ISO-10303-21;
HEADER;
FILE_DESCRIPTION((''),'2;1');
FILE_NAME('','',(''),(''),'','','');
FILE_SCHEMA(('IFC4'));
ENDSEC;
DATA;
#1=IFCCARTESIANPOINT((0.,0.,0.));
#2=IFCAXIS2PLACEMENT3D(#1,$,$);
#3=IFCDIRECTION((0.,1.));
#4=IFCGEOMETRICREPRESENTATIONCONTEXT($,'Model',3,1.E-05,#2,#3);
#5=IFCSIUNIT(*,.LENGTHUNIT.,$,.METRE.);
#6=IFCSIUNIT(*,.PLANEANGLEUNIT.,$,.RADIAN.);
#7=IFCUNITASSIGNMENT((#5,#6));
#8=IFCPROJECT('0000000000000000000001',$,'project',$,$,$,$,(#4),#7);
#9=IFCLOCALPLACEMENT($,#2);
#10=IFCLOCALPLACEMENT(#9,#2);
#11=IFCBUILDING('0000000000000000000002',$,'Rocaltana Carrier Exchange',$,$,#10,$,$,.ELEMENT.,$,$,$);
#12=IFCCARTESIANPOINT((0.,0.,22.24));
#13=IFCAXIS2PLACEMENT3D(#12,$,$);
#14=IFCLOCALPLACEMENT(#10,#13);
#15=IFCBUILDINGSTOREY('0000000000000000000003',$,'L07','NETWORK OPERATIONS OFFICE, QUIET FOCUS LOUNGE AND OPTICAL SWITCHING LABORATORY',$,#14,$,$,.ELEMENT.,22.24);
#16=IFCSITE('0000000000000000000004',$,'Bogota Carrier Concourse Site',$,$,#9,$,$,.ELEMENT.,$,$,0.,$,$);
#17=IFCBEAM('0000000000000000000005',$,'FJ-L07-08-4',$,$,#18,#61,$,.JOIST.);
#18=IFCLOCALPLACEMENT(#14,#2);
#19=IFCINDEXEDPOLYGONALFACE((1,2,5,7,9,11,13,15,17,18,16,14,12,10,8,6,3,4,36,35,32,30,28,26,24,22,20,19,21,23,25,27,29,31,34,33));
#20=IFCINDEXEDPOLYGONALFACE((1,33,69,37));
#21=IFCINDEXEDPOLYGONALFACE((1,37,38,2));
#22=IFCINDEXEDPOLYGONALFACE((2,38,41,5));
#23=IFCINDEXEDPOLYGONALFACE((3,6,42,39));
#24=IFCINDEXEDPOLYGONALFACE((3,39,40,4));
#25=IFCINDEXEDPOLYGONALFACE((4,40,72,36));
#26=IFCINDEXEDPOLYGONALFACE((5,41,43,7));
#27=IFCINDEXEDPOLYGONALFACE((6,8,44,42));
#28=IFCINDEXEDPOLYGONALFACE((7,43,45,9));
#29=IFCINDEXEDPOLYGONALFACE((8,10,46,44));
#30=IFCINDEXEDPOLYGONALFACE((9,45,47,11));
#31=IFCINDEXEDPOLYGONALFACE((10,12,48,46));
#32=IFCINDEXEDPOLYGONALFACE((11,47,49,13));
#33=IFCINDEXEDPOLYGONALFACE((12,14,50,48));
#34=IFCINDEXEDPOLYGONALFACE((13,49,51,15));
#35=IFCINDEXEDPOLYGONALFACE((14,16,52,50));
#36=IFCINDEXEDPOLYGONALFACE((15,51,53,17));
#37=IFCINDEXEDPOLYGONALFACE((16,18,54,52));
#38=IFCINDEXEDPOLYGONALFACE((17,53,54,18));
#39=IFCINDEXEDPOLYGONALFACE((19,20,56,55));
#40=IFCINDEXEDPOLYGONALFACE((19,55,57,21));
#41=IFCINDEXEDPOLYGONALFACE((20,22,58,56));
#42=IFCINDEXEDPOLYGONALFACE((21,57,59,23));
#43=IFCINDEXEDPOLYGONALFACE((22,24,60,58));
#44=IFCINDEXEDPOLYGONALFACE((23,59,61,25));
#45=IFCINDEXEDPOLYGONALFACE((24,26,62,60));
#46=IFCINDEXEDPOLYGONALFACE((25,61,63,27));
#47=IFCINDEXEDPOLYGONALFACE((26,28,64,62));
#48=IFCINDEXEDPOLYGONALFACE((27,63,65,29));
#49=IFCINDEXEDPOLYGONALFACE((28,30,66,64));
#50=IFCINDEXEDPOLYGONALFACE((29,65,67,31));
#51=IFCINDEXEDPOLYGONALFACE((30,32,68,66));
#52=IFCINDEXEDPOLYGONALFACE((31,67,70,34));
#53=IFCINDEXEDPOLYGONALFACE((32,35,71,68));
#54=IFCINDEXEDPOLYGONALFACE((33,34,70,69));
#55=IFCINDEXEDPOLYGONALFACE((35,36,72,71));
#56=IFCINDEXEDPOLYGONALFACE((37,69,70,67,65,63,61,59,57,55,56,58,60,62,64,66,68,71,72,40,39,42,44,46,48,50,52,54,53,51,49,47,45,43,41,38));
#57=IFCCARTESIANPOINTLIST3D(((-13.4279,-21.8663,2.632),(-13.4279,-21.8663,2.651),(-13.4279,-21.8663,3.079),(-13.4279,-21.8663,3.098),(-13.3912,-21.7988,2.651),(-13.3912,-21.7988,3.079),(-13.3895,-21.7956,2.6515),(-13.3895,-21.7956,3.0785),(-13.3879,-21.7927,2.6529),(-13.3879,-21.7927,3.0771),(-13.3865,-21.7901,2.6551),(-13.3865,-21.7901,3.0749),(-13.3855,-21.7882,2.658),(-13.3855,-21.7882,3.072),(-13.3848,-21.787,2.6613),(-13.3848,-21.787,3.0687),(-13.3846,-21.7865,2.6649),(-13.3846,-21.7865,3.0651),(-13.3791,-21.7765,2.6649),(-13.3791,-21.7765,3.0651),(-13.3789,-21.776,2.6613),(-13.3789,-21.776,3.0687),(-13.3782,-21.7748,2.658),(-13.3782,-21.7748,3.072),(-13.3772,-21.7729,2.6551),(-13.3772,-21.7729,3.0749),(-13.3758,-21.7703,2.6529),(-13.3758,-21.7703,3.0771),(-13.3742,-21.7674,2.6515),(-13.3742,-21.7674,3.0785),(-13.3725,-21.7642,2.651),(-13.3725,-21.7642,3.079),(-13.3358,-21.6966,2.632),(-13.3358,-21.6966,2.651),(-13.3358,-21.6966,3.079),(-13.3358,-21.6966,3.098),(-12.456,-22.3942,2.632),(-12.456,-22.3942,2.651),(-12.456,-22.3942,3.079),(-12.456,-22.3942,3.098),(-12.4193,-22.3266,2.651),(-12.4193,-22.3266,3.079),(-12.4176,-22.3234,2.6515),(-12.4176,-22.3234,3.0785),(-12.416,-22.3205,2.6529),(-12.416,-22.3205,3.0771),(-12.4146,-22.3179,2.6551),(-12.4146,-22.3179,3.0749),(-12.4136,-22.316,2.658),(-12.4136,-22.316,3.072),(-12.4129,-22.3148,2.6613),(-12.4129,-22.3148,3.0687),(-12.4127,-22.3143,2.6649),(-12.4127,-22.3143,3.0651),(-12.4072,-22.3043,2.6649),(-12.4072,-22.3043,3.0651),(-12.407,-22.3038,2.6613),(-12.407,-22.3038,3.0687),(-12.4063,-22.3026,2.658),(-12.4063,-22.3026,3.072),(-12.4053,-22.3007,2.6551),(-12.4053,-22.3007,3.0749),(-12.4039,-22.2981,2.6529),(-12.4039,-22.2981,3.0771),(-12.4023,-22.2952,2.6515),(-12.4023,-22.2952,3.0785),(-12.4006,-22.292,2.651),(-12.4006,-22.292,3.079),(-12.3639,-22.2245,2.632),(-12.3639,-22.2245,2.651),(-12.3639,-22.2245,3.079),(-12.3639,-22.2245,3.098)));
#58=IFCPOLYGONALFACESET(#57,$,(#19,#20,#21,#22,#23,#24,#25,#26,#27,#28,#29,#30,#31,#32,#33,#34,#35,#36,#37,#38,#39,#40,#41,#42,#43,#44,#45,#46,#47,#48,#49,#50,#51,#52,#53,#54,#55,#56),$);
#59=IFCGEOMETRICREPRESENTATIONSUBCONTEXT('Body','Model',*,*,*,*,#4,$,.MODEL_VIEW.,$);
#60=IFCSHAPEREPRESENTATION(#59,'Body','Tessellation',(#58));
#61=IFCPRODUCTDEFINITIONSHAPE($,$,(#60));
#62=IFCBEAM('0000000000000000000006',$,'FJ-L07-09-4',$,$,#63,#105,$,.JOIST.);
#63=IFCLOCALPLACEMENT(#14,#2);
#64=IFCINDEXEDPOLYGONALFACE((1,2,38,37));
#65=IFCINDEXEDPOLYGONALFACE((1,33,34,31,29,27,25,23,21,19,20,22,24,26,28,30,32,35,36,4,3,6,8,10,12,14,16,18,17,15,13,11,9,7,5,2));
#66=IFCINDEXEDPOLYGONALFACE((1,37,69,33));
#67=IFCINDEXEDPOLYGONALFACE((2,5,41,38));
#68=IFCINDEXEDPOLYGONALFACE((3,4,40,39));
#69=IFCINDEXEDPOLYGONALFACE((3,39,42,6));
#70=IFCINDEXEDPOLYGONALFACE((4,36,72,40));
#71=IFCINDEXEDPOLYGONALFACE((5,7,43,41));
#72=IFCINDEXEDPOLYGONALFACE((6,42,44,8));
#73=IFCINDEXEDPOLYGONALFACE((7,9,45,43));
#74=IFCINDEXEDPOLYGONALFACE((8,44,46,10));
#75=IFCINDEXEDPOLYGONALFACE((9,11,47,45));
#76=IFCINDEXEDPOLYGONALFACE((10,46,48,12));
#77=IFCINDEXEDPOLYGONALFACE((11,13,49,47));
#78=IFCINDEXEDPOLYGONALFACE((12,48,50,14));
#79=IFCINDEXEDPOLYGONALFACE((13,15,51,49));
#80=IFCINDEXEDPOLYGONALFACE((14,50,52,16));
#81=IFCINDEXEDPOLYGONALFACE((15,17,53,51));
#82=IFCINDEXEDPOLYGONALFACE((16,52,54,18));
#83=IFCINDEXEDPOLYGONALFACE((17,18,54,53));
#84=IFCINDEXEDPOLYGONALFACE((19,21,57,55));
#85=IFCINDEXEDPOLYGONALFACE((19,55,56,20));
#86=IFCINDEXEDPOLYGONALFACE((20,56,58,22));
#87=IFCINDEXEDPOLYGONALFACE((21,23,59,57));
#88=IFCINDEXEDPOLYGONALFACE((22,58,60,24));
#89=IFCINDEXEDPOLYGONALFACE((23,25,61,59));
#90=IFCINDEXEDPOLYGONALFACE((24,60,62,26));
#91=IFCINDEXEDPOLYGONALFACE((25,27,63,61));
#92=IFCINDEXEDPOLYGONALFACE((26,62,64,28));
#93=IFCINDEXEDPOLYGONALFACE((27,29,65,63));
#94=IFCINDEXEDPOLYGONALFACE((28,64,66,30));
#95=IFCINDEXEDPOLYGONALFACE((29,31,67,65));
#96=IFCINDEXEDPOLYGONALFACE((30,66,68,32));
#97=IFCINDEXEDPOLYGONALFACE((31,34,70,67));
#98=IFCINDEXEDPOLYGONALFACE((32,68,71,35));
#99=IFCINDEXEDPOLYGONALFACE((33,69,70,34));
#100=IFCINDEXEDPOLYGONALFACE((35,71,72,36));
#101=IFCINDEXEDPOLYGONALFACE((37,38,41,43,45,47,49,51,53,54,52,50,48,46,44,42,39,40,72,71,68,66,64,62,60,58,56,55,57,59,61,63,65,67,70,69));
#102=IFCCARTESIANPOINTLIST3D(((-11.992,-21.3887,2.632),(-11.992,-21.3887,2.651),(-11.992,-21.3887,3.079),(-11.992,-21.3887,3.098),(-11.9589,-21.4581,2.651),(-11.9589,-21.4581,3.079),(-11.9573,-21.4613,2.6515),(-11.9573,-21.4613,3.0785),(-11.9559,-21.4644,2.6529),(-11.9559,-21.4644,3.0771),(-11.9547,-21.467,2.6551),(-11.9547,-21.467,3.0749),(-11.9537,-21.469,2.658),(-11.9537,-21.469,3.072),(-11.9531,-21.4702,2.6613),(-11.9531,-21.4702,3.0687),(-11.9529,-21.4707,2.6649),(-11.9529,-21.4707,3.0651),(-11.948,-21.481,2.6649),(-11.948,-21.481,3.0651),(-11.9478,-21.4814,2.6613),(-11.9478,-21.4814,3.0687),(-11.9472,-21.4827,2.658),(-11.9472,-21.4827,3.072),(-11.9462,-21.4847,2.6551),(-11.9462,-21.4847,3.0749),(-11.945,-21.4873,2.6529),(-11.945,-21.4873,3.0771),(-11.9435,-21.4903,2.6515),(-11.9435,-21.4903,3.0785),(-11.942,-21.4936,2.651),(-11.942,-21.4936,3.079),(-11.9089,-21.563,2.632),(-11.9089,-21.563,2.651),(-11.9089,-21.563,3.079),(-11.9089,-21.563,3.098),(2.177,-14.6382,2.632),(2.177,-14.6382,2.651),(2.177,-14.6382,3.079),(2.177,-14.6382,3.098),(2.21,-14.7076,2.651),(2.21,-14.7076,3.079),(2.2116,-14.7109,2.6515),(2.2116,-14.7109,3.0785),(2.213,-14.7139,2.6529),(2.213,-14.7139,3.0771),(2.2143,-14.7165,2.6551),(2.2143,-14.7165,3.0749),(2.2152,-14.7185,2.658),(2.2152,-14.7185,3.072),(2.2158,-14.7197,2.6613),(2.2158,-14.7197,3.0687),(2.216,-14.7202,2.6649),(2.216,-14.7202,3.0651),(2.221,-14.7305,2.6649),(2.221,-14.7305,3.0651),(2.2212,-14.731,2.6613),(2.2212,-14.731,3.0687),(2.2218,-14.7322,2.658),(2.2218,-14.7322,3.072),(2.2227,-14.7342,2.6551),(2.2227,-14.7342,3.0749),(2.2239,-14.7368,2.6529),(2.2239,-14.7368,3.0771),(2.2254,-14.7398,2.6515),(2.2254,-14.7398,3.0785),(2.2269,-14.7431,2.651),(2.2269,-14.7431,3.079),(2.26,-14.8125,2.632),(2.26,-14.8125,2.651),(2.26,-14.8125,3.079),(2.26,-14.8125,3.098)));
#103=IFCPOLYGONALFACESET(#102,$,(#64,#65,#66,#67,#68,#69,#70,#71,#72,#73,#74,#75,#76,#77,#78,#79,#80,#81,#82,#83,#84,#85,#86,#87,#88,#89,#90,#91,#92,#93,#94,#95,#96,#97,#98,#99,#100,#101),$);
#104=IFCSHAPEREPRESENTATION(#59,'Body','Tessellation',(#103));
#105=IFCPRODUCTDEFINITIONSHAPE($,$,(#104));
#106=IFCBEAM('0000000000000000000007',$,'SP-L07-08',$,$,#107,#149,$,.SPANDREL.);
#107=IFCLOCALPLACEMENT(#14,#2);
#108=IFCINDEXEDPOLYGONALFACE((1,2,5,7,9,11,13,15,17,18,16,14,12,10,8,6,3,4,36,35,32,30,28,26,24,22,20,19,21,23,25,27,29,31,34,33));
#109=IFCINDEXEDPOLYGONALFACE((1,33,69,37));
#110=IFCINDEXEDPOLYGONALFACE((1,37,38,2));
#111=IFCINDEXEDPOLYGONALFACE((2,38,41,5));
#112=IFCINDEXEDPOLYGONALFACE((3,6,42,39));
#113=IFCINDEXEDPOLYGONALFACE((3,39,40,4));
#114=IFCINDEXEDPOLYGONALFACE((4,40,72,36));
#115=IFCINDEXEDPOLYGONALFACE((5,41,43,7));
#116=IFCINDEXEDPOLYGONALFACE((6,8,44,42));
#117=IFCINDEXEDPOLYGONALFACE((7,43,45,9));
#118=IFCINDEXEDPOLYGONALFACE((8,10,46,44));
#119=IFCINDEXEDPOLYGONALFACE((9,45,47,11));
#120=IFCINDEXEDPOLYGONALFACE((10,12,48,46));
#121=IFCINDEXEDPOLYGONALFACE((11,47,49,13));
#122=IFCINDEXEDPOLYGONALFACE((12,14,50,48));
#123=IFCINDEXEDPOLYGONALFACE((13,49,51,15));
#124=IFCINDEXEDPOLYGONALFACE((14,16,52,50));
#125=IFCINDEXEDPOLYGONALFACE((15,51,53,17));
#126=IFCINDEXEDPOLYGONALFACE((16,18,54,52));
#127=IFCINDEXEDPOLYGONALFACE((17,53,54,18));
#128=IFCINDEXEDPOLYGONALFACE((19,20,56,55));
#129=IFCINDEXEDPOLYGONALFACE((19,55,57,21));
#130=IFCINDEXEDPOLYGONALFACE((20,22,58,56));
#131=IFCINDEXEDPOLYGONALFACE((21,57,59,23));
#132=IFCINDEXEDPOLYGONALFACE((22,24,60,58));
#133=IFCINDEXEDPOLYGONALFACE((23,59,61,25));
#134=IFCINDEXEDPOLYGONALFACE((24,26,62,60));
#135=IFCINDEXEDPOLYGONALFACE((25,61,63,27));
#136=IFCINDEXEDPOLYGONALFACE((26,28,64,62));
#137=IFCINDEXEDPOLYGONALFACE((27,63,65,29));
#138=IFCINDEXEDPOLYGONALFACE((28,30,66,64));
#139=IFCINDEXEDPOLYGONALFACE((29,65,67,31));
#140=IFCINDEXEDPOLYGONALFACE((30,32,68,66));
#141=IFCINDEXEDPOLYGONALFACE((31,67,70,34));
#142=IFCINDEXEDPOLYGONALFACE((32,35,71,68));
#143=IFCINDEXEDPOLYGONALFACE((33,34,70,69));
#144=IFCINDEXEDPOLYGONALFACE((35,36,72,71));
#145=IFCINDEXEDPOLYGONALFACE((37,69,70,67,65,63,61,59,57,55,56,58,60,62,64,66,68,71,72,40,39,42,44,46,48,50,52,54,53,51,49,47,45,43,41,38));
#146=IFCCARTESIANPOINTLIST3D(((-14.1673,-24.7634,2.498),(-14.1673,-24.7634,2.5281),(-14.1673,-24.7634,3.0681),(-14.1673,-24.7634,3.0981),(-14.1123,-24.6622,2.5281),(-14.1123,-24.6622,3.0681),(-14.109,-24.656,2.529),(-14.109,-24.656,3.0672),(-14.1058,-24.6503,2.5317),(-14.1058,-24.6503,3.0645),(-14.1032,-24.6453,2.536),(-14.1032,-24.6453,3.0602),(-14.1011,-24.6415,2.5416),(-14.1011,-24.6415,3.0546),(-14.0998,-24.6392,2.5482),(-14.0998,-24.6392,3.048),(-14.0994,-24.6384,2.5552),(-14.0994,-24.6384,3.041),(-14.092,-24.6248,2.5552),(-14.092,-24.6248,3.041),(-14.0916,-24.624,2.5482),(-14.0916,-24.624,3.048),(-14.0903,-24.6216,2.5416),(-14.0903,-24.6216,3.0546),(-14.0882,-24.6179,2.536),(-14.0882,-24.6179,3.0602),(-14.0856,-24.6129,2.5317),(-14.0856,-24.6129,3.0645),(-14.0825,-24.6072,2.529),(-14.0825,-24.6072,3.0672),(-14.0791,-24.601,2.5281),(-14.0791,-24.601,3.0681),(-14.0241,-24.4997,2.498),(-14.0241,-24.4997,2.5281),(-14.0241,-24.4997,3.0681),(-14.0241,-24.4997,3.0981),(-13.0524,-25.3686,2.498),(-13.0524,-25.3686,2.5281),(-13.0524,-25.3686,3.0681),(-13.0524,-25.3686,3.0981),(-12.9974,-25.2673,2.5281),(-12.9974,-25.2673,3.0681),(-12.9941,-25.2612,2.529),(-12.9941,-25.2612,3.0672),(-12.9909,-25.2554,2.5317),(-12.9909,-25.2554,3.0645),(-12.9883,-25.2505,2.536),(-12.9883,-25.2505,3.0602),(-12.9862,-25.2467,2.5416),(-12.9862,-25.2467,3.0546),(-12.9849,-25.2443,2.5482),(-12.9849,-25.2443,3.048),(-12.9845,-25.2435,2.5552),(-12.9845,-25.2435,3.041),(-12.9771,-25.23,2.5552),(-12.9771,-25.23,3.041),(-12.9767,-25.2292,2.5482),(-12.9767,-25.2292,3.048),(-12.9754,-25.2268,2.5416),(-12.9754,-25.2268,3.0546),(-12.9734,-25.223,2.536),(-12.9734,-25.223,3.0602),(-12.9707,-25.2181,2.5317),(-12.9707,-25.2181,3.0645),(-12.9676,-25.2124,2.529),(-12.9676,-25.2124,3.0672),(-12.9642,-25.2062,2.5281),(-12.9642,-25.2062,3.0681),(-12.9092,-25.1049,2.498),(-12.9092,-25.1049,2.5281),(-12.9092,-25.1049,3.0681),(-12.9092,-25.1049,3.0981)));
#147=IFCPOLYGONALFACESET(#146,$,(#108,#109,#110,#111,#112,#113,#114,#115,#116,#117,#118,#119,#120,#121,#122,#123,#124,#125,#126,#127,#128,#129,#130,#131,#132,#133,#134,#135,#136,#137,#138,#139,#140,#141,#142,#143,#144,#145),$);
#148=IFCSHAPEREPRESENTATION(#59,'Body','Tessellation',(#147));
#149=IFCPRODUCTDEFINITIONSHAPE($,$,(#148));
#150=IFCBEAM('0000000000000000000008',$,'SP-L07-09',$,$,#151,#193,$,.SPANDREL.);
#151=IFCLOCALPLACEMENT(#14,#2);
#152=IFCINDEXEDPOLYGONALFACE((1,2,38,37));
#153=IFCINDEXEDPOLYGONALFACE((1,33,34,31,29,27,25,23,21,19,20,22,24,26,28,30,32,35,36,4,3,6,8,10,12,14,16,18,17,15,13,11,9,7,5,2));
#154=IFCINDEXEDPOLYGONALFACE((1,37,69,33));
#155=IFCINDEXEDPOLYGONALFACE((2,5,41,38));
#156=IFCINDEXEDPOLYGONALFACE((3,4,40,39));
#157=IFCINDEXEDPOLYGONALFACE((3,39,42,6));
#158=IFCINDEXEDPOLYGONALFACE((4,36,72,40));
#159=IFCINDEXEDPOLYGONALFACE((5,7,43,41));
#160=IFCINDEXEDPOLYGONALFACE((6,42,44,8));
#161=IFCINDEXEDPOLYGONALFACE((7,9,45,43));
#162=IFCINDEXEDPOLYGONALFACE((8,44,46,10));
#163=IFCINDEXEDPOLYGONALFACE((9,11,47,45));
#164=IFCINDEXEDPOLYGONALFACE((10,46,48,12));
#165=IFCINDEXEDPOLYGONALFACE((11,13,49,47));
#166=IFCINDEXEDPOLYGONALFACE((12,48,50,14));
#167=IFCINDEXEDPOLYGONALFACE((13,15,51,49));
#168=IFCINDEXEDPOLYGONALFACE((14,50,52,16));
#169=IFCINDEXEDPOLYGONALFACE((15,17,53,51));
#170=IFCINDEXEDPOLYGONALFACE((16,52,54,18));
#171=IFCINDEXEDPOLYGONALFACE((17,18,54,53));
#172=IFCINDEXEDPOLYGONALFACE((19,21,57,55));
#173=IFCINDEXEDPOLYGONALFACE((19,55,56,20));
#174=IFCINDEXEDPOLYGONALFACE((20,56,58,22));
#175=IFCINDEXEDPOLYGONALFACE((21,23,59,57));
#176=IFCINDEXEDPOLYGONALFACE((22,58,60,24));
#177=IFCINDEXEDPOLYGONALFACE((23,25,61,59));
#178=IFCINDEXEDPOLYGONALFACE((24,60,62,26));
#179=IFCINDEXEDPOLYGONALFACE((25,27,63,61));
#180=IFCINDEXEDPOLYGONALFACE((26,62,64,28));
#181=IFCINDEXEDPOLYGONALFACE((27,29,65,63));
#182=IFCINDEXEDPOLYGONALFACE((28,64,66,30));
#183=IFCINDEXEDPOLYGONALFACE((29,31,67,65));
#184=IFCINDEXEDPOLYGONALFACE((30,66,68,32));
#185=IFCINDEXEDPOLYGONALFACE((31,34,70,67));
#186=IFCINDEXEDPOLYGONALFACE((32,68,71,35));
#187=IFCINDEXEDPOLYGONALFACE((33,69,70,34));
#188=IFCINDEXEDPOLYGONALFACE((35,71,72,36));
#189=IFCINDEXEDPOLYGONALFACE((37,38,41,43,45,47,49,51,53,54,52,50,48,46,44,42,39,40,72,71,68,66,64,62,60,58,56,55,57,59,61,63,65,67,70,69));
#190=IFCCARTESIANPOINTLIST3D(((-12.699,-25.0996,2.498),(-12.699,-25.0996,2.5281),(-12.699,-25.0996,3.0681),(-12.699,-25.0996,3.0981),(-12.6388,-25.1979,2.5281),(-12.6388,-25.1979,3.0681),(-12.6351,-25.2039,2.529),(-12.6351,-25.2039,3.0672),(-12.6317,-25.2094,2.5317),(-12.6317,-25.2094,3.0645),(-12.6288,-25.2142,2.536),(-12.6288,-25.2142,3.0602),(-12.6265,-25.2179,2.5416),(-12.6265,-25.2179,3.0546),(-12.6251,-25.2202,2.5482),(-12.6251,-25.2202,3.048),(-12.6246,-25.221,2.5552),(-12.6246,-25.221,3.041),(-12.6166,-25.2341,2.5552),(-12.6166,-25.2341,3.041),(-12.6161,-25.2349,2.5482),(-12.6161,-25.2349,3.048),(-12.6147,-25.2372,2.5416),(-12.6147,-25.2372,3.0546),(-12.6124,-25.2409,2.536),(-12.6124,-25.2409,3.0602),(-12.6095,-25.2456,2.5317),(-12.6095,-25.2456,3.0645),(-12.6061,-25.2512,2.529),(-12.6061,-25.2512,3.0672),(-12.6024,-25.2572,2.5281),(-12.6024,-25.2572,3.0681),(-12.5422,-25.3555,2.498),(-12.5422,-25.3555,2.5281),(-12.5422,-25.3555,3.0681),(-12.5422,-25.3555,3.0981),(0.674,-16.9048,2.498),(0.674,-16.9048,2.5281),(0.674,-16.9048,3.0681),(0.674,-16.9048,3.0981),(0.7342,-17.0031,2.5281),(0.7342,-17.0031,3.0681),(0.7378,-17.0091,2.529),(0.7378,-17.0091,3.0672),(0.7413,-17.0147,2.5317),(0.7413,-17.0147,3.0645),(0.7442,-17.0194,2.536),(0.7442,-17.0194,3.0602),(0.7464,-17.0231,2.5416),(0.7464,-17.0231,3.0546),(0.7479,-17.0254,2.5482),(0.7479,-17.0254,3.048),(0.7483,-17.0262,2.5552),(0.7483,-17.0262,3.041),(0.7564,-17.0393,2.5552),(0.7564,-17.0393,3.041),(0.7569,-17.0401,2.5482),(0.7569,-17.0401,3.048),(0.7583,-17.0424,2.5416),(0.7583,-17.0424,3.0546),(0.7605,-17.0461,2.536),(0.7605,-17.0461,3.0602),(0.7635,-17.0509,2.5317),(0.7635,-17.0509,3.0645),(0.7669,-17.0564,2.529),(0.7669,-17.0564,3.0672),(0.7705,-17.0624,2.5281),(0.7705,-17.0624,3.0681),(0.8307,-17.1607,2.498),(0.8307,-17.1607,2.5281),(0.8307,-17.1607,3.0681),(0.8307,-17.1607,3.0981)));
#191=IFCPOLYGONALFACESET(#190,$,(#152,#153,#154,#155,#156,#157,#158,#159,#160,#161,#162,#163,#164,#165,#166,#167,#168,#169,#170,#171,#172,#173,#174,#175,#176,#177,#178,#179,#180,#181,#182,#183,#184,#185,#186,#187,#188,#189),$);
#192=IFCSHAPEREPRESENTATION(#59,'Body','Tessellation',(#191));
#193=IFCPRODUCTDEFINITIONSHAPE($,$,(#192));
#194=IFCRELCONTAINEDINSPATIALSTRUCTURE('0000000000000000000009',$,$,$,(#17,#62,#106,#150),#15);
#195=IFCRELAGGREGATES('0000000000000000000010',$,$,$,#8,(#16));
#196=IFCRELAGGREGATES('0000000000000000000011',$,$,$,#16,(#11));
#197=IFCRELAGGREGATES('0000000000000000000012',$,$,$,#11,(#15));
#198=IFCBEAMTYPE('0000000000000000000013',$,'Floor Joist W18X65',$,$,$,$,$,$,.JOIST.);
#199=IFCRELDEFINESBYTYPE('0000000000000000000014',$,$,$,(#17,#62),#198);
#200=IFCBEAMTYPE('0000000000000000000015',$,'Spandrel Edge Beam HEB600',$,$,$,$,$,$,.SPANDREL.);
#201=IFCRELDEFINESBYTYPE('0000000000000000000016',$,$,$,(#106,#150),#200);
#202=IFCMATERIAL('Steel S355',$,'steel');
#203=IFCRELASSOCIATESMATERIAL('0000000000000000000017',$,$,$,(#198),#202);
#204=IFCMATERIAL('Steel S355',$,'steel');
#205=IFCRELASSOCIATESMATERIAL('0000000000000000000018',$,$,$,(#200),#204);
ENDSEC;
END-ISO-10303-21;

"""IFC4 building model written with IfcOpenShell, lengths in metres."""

from ifc_helpers import new_model, si_unit, direction, frame, origin, origin_2d, place, context, subcontext, project, spatial, i_section, extrude, material, material_profile, profile_set, type_object, element, save


model = new_model("IFC4")

# Units and contexts
model_context = context("Model", 3, precision=1e-05, world=origin(), true_north=direction((0.0, 1.0)))
body_context = subcontext(model_context, "Body", "Model", "MODEL_VIEW")
ifc_project = project(units=[si_unit("LENGTHUNIT", "METRE"), si_unit("PLANEANGLEUNIT", "RADIAN")], contexts=[model_context])

# Site, building, storey
site_placement = place(None, origin())
site = spatial("IfcSite", under=ifc_project, at=site_placement, Name="Bogota Carrier Concourse Site", CompositionType="ELEMENT", RefElevation=0.0)
building_placement = place(site_placement, origin())
building = spatial("IfcBuilding", under=site, at=building_placement, Name="Rocaltana Carrier Exchange", CompositionType="ELEMENT")
storey_placement = place(building_placement, frame((0.0, 0.0, 22.24)))
storey = spatial("IfcBuildingStorey", under=building, at=storey_placement, Name="L07", Description="NETWORK OPERATIONS OFFICE, QUIET FOCUS LOUNGE AND OPTICAL SWITCHING LABORATORY", CompositionType="ELEMENT", Elevation=22.24)

# Beams
ifc_material_1 = material(Name="Steel S355", Category="steel")
ifc_material_profile_1 = material_profile(ifc_material_1, i_section(OverallWidth=0.1931, OverallDepth=0.4661, WebThickness=0.0115, FlangeThickness=0.019, FilletRadius=0.0139, at=origin_2d()), Name="W18X65")
ifc_profile_set_1 = profile_set([ifc_material_profile_1], Name="Steel S355")
beam_type_1 = type_object("IfcBeamType", Name="Floor Joist W18X65", PredefinedType="JOIST", material=ifc_profile_set_1)
beam_1_placement = place(storey_placement, frame((-13.3818, -21.7815, 2.865), z_axis=(0.878771, -0.477243, 0.0), x_axis=(0.477243, 0.878771, 0.0)))
element("IfcBeam", 1, at=beam_1_placement, inside=storey, type_object=beam_type_1, Name="FJ-L07-08-4", PredefinedType="JOIST", context=body_context, shape_type="SweptSolid", body=[
    extrude(i_section(OverallWidth=0.1931, OverallDepth=0.4661, WebThickness=0.0115, FlangeThickness=0.019, FilletRadius=0.0139, at=origin_2d()), origin(), (0.0, 0.0, 1.0), 1.106),
])
beam_2_placement = place(storey_placement, frame((-11.9504, -21.4758, 2.865), z_axis=(0.902777, 0.430109, 0.0), x_axis=(-0.430109, 0.902777, 0.0)))
element("IfcBeam", 2, at=beam_2_placement, inside=storey, type_object=beam_type_1, Name="FJ-L07-09-4", PredefinedType="JOIST", context=body_context, shape_type="SweptSolid", body=[
    extrude(i_section(OverallWidth=0.1931, OverallDepth=0.4661, WebThickness=0.0115, FlangeThickness=0.019, FilletRadius=0.0139, at=origin_2d()), origin(), (0.0, 0.0, 1.0), 15.6948),
])
ifc_material_2 = material(Name="Steel S355", Category="steel")
ifc_material_profile_2 = material_profile(ifc_material_2, i_section(OverallWidth=0.3, OverallDepth=0.6001, WebThickness=0.0154, FlangeThickness=0.03, FilletRadius=0.0271, at=origin_2d()), Name="HEB600")
ifc_profile_set_2 = profile_set([ifc_material_profile_2], Name="Steel S355")
beam_type_2 = type_object("IfcBeamType", Name="Spandrel Edge Beam HEB600", PredefinedType="SPANDREL", material=ifc_profile_set_2)
beam_3_placement = place(storey_placement, frame((-14.0957, -24.6316, 2.7981), z_axis=(0.878872, -0.477058, 0.0), x_axis=(0.477058, 0.878872, 0.0)))
element("IfcBeam", 3, at=beam_3_placement, inside=storey, type_object=beam_type_2, Name="SP-L07-08", PredefinedType="SPANDREL", context=body_context, shape_type="SweptSolid", body=[
    extrude(i_section(OverallWidth=0.3, OverallDepth=0.6001, WebThickness=0.0154, FlangeThickness=0.03, FilletRadius=0.0271, at=origin_2d()), origin(), (0.0, 0.0, 1.0), 1.2686),
])
beam_4_placement = place(storey_placement, frame((-12.6206, -25.2275, 2.7981), z_axis=(0.852646, 0.52249, 0.0), x_axis=(-0.52249, 0.852646, 0.0)))
element("IfcBeam", 4, at=beam_4_placement, inside=storey, type_object=beam_type_2, Name="SP-L07-09", PredefinedType="SPANDREL", context=body_context, shape_type="SweptSolid", body=[
    extrude(i_section(OverallWidth=0.3, OverallDepth=0.6001, WebThickness=0.0154, FlangeThickness=0.03, FilletRadius=0.0271, at=origin_2d()), origin(), (0.0, 0.0, 1.0), 15.6841),
])

save(model, "model.ifc")
